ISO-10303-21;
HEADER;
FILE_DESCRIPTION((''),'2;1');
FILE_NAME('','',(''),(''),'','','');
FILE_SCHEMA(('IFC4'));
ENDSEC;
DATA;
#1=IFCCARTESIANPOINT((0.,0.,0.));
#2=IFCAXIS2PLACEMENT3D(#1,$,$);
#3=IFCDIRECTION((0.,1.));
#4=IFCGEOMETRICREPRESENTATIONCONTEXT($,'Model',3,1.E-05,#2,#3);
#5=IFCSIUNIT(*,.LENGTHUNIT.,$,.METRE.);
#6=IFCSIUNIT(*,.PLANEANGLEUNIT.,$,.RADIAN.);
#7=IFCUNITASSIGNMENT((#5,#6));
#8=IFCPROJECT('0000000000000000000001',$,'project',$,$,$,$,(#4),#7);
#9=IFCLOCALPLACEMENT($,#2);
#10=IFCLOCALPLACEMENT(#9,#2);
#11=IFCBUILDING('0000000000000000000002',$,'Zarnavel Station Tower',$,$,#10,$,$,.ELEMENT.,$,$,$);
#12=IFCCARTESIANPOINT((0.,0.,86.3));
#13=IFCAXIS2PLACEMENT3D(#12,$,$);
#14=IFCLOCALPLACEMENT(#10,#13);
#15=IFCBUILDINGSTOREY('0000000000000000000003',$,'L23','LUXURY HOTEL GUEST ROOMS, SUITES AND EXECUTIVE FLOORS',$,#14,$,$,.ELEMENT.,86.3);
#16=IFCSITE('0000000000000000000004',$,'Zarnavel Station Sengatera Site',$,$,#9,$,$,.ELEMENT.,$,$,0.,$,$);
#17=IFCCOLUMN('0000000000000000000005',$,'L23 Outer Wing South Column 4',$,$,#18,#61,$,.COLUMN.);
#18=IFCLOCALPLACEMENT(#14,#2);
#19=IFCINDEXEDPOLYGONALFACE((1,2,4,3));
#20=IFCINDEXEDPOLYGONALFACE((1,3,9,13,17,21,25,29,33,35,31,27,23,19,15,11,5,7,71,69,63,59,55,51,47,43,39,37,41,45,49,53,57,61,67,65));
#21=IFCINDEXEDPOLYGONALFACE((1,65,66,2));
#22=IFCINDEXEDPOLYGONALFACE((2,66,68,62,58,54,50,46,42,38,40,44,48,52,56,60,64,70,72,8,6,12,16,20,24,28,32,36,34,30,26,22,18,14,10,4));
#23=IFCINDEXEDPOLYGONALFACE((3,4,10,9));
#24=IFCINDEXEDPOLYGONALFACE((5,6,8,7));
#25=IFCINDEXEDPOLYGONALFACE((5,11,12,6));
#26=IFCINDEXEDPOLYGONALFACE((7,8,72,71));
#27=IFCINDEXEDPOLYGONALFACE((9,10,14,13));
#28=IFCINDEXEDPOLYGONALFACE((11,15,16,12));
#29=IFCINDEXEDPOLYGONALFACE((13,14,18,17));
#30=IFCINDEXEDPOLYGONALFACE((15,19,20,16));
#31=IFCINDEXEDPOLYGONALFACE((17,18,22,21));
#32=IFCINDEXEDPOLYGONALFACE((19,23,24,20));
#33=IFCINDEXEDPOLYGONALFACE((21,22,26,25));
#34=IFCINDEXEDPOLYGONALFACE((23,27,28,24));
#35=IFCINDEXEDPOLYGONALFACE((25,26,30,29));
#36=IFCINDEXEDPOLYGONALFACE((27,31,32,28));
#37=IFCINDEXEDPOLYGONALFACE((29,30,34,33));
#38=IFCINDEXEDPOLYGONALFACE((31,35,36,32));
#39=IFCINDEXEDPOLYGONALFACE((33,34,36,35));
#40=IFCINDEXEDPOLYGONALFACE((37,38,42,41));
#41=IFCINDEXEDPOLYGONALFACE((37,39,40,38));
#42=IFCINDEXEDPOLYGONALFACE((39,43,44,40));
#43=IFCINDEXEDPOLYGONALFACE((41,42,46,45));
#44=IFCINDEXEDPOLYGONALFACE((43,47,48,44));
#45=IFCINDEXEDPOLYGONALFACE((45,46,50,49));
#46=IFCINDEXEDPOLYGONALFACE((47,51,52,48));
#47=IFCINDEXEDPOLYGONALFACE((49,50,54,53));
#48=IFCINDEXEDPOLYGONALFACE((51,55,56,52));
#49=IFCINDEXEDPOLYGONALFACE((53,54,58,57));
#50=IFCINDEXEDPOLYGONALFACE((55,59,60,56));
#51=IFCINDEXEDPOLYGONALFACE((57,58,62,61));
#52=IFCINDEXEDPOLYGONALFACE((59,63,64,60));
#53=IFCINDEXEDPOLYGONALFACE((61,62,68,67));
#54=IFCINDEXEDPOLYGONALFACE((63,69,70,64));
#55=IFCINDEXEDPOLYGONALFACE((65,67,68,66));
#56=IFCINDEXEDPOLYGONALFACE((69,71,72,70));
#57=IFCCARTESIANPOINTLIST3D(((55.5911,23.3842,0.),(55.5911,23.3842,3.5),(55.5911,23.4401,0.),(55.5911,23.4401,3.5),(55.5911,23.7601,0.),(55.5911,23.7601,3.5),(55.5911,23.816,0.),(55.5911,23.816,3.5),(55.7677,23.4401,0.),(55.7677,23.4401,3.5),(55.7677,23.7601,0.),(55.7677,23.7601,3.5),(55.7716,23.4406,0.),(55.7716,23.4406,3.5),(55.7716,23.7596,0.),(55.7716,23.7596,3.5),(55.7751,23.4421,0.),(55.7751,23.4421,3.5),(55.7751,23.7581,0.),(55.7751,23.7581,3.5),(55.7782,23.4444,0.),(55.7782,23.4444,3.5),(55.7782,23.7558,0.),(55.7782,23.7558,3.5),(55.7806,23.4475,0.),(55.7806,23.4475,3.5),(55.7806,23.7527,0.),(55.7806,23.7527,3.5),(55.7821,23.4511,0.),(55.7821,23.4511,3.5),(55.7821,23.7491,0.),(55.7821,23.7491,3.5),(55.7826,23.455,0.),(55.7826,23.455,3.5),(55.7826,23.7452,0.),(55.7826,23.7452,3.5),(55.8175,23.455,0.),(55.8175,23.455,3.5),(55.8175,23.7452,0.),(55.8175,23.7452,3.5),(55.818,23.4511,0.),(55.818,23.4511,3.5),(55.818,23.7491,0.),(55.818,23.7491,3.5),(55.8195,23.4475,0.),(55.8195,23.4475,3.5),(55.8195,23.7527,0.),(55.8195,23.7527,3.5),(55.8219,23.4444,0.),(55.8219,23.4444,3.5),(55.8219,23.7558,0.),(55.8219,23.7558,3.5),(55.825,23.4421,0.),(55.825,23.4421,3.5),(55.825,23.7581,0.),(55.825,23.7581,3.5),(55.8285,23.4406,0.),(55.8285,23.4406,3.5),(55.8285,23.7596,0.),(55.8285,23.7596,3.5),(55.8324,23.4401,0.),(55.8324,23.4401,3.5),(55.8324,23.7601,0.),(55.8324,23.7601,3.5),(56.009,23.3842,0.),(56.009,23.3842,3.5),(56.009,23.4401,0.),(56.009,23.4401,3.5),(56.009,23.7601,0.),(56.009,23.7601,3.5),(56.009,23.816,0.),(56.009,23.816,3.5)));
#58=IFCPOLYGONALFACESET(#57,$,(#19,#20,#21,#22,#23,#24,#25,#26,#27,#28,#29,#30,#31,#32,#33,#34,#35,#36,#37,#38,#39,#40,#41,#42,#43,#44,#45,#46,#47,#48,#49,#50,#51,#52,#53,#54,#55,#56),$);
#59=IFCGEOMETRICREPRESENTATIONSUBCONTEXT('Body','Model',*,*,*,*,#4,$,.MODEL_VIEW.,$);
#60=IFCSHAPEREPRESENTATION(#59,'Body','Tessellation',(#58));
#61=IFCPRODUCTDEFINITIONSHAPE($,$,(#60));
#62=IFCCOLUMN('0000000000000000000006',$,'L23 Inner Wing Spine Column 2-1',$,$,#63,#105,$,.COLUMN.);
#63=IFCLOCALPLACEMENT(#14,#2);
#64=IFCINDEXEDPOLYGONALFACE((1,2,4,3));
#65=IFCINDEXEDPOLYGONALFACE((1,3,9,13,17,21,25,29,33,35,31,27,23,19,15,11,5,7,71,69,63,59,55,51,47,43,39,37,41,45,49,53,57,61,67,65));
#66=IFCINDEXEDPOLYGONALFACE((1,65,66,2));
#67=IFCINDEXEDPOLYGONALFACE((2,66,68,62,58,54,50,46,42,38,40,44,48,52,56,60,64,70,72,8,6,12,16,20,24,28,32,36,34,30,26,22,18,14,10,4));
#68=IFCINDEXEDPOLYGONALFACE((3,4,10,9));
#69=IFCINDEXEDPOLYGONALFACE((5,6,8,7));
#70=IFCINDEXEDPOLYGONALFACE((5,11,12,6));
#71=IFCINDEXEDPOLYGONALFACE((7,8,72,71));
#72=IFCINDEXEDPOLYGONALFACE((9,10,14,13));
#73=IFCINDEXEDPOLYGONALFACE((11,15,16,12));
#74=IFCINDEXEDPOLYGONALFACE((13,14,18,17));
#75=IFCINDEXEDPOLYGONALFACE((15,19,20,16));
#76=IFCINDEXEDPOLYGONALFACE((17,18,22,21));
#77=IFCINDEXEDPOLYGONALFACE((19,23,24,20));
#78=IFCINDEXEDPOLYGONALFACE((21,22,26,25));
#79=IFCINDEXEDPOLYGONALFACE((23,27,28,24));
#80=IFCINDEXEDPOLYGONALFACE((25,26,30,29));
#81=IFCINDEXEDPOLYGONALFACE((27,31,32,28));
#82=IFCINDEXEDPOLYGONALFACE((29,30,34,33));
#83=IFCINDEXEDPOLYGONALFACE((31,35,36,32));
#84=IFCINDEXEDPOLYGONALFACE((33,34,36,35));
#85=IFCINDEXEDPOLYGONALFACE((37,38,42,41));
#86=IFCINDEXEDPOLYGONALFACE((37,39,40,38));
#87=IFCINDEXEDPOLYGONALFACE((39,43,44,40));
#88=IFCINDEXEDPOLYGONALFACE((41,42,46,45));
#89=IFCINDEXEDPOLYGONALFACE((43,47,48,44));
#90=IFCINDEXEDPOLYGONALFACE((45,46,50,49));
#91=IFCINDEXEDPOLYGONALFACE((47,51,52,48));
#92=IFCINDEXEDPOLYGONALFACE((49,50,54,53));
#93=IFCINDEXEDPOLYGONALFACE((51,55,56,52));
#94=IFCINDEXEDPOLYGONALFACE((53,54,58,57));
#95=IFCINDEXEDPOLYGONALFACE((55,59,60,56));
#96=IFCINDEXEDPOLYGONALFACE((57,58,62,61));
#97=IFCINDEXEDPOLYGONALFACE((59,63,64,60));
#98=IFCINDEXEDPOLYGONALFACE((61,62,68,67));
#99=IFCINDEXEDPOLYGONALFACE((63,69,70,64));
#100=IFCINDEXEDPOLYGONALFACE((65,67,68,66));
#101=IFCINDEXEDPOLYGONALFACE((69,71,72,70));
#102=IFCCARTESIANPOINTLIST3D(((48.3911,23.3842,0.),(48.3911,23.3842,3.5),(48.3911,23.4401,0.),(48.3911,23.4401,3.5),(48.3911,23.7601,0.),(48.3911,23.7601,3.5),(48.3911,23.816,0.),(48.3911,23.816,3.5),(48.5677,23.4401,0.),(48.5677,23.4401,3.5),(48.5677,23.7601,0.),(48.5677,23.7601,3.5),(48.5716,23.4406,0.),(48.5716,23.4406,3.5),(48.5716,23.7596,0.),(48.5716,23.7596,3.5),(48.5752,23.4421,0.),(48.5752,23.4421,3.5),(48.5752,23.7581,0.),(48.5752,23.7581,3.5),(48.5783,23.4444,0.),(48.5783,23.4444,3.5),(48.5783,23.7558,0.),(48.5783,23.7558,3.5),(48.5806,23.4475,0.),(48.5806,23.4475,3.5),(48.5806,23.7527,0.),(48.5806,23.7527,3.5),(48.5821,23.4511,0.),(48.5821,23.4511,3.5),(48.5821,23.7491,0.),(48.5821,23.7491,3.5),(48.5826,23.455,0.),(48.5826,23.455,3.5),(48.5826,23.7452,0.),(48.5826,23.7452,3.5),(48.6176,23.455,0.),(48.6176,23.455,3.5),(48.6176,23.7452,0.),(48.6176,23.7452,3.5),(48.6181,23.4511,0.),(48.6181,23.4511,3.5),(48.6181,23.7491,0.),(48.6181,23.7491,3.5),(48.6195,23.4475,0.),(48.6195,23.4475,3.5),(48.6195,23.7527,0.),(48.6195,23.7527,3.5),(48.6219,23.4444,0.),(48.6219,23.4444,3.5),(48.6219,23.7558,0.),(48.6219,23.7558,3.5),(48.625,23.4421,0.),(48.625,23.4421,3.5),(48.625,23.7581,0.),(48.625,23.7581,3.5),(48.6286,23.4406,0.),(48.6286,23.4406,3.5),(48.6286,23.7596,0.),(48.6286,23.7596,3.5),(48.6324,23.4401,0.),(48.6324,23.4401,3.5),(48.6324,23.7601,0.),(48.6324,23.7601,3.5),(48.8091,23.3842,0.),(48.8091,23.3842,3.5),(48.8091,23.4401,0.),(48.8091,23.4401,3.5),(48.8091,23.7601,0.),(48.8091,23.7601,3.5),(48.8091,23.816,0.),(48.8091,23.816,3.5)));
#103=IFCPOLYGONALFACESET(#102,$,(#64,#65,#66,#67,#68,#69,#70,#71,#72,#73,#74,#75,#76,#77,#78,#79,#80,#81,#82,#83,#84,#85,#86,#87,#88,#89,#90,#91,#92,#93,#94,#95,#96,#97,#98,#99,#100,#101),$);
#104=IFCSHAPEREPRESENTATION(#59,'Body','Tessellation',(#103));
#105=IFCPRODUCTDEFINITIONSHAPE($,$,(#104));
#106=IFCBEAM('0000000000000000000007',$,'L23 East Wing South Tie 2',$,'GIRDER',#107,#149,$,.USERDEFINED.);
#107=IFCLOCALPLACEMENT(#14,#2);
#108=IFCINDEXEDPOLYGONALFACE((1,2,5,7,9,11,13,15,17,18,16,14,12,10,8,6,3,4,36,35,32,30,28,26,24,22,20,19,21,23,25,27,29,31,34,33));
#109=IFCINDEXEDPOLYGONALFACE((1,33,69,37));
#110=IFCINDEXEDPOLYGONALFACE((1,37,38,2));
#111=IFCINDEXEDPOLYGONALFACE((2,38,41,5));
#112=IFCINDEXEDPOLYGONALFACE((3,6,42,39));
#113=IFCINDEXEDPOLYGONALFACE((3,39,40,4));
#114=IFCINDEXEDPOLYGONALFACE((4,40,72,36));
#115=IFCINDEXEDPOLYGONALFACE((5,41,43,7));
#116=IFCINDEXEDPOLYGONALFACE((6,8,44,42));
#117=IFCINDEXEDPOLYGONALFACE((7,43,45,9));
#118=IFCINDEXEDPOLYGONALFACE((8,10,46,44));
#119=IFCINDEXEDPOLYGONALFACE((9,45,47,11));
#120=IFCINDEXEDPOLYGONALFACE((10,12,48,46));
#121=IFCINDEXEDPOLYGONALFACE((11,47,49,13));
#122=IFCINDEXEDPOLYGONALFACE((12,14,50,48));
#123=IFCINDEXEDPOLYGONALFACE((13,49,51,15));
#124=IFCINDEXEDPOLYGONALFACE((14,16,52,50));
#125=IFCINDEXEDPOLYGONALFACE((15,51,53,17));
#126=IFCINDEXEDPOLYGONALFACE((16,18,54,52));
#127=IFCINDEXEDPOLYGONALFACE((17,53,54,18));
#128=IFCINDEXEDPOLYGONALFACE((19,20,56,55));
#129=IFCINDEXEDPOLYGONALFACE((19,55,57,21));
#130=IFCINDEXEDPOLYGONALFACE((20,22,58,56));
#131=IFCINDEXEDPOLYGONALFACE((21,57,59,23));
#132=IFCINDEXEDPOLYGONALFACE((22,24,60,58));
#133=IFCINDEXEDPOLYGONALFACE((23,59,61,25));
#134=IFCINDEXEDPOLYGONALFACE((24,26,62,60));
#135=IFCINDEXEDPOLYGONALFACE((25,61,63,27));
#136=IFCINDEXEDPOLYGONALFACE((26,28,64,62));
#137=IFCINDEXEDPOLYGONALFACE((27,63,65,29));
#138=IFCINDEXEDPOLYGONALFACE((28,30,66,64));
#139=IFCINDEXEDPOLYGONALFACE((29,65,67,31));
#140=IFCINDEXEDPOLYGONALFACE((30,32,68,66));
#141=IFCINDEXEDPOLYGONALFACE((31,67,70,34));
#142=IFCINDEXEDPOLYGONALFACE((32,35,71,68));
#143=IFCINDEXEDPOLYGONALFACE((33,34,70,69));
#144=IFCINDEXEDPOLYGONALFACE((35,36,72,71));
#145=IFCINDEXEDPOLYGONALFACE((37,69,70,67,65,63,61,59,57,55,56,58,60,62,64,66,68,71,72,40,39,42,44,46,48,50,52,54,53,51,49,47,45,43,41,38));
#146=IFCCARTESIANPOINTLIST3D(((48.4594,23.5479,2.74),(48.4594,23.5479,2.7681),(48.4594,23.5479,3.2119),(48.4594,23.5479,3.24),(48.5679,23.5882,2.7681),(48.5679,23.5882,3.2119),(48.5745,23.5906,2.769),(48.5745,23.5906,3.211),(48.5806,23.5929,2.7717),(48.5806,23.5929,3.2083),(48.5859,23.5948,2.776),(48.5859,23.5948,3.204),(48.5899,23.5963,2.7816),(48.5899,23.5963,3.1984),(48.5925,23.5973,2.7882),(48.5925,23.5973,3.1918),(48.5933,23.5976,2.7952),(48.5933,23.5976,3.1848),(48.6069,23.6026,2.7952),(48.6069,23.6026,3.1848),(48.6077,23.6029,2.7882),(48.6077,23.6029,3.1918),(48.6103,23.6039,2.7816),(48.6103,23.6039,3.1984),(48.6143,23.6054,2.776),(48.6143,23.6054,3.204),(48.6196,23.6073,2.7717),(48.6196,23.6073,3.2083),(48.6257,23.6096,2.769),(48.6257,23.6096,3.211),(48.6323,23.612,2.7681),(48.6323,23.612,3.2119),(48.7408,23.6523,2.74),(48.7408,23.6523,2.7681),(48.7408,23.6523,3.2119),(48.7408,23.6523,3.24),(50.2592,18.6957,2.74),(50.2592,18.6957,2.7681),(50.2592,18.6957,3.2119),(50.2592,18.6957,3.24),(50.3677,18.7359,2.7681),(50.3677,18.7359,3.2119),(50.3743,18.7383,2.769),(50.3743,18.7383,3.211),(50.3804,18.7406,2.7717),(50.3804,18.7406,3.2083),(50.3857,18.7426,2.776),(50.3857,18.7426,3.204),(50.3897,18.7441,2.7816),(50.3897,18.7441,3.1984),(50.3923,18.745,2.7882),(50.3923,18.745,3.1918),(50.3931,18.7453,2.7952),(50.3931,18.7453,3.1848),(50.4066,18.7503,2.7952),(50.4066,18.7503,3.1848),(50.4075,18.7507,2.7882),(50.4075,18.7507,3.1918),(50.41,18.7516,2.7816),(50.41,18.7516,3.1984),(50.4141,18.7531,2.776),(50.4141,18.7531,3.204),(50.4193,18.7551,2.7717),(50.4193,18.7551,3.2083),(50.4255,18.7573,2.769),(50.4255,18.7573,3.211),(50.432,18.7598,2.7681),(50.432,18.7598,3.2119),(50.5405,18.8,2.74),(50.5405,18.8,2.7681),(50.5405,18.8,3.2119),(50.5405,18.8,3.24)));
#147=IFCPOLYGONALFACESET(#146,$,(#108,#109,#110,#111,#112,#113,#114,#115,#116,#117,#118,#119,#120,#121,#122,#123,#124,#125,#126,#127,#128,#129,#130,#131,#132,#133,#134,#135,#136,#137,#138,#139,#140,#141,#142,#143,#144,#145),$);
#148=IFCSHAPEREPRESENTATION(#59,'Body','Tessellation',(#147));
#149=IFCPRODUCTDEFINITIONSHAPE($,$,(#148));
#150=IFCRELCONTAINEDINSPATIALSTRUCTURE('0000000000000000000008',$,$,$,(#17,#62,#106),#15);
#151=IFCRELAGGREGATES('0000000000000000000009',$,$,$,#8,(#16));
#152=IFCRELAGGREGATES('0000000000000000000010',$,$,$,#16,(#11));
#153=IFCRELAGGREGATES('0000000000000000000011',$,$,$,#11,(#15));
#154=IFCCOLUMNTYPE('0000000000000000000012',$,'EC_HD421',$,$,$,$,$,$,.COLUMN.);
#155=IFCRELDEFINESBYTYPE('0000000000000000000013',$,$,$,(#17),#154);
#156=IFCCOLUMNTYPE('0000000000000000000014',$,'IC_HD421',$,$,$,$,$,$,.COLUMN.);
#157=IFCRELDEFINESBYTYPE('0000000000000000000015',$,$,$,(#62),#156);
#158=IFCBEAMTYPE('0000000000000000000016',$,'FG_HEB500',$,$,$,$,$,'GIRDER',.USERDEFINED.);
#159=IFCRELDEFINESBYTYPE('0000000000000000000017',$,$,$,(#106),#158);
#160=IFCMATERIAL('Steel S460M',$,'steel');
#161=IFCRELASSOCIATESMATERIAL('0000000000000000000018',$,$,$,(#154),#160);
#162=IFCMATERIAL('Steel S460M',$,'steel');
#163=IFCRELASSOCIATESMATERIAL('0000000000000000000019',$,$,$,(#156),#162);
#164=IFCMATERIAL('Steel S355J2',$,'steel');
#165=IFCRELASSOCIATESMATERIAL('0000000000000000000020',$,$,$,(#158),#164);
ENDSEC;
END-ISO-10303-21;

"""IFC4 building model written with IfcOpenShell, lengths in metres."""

from ifc_helpers import new_model, si_unit, direction, frame, origin, origin_2d, place, context, subcontext, project, spatial, i_section, extrude, material, material_profile, profile_set, type_object, element, save


model = new_model("IFC4")

# Units and contexts
model_context = context("Model", 3, precision=1e-05, world=origin(), true_north=direction((0.0, 1.0)))
body_context = subcontext(model_context, "Body", "Model", "MODEL_VIEW")
ifc_project = project(units=[si_unit("LENGTHUNIT", "METRE"), si_unit("PLANEANGLEUNIT", "RADIAN")], contexts=[model_context])

# Site, building, storey
site_placement = place(None, origin())
site = spatial("IfcSite", under=ifc_project, at=site_placement, Name="Zarnavel Station Sengatera Site", CompositionType="ELEMENT", RefElevation=0.0)
building_placement = place(site_placement, origin())
building = spatial("IfcBuilding", under=site, at=building_placement, Name="Zarnavel Station Tower", CompositionType="ELEMENT")
storey_placement = place(building_placement, frame((0.0, 0.0, 86.3)))
storey = spatial("IfcBuildingStorey", under=building, at=storey_placement, Name="L23", Description="LUXURY HOTEL GUEST ROOMS, SUITES AND EXECUTIVE FLOORS", CompositionType="ELEMENT", Elevation=86.3)

# Columns
ifc_material_1 = material(Name="Steel S460M", Category="steel")
ifc_material_profile_1 = material_profile(ifc_material_1, i_section(OverallWidth=0.418, OverallDepth=0.4319, WebThickness=0.0349, FlangeThickness=0.0559, FilletRadius=0.0149, at=origin_2d()), Name="HD400x421")
ifc_profile_set_1 = profile_set([ifc_material_profile_1], Name="Steel S460M")
column_type_1 = type_object("IfcColumnType", Name="EC_HD421", PredefinedType="COLUMN", material=ifc_profile_set_1)
column_1_placement = place(storey_placement, frame((55.8, 23.6001, 0.0), z_axis=(0.0, 0.0, 1.0), x_axis=(1.0, 0.0, 0.0)))
element("IfcColumn", 1, at=column_1_placement, inside=storey, type_object=column_type_1, Name="L23 Outer Wing South Column 4", PredefinedType="COLUMN", context=body_context, shape_type="SweptSolid", body=[
    extrude(i_section(OverallWidth=0.418, OverallDepth=0.4319, WebThickness=0.0349, FlangeThickness=0.0559, FilletRadius=0.0149, at=origin_2d()), origin(), (0.0, 0.0, 1.0), 3.5),
])
ifc_material_2 = material(Name="Steel S460M", Category="steel")
ifc_material_profile_2 = material_profile(ifc_material_2, i_section(OverallWidth=0.418, OverallDepth=0.4319, WebThickness=0.0349, FlangeThickness=0.0559, FilletRadius=0.0149, at=origin_2d()), Name="HD400x421")
ifc_profile_set_2 = profile_set([ifc_material_profile_2], Name="Steel S460M")
column_type_2 = type_object("IfcColumnType", Name="IC_HD421", PredefinedType="COLUMN", material=ifc_profile_set_2)
column_2_placement = place(storey_placement, frame((48.6001, 23.6001, 0.0), z_axis=(0.0, 0.0, 1.0), x_axis=(1.0, 0.0, 0.0)))
element("IfcColumn", 2, at=column_2_placement, inside=storey, type_object=column_type_2, Name="L23 Inner Wing Spine Column 2-1", PredefinedType="COLUMN", context=body_context, shape_type="SweptSolid", body=[
    extrude(i_section(OverallWidth=0.418, OverallDepth=0.4319, WebThickness=0.0349, FlangeThickness=0.0559, FilletRadius=0.0149, at=origin_2d()), origin(), (0.0, 0.0, 1.0), 3.5),
])

# Beam
ifc_material_3 = material(Name="Steel S355J2", Category="steel")
ifc_material_profile_3 = material_profile(ifc_material_3, i_section(OverallWidth=0.3, OverallDepth=0.5, WebThickness=0.0144, FlangeThickness=0.0281, FilletRadius=0.0271, at=origin_2d()), Name="HEB500")
ifc_profile_set_3 = profile_set([ifc_material_profile_3], Name="Steel S355J2")
beam_type_1 = type_object("IfcBeamType", Name="FG_HEB500", ElementType="GIRDER", PredefinedType="USERDEFINED", material=ifc_profile_set_3)
beam_1_placement = place(storey_placement, frame((48.6001, 23.6001, 2.99), z_axis=(0.347766, -0.937581, 0.0), x_axis=(0.937581, 0.347766, 0.0)))
element("IfcBeam", 3, at=beam_1_placement, inside=storey, type_object=beam_type_1, Name="L23 East Wing South Tie 2", ObjectType="GIRDER", PredefinedType="USERDEFINED", context=body_context, shape_type="SweptSolid", body=[
    extrude(i_section(OverallWidth=0.3, OverallDepth=0.5, WebThickness=0.0144, FlangeThickness=0.0281, FilletRadius=0.0271, at=origin_2d()), origin(), (0.0, 0.0, 1.0), 5.1753),
])

save(model, "model.ifc")
